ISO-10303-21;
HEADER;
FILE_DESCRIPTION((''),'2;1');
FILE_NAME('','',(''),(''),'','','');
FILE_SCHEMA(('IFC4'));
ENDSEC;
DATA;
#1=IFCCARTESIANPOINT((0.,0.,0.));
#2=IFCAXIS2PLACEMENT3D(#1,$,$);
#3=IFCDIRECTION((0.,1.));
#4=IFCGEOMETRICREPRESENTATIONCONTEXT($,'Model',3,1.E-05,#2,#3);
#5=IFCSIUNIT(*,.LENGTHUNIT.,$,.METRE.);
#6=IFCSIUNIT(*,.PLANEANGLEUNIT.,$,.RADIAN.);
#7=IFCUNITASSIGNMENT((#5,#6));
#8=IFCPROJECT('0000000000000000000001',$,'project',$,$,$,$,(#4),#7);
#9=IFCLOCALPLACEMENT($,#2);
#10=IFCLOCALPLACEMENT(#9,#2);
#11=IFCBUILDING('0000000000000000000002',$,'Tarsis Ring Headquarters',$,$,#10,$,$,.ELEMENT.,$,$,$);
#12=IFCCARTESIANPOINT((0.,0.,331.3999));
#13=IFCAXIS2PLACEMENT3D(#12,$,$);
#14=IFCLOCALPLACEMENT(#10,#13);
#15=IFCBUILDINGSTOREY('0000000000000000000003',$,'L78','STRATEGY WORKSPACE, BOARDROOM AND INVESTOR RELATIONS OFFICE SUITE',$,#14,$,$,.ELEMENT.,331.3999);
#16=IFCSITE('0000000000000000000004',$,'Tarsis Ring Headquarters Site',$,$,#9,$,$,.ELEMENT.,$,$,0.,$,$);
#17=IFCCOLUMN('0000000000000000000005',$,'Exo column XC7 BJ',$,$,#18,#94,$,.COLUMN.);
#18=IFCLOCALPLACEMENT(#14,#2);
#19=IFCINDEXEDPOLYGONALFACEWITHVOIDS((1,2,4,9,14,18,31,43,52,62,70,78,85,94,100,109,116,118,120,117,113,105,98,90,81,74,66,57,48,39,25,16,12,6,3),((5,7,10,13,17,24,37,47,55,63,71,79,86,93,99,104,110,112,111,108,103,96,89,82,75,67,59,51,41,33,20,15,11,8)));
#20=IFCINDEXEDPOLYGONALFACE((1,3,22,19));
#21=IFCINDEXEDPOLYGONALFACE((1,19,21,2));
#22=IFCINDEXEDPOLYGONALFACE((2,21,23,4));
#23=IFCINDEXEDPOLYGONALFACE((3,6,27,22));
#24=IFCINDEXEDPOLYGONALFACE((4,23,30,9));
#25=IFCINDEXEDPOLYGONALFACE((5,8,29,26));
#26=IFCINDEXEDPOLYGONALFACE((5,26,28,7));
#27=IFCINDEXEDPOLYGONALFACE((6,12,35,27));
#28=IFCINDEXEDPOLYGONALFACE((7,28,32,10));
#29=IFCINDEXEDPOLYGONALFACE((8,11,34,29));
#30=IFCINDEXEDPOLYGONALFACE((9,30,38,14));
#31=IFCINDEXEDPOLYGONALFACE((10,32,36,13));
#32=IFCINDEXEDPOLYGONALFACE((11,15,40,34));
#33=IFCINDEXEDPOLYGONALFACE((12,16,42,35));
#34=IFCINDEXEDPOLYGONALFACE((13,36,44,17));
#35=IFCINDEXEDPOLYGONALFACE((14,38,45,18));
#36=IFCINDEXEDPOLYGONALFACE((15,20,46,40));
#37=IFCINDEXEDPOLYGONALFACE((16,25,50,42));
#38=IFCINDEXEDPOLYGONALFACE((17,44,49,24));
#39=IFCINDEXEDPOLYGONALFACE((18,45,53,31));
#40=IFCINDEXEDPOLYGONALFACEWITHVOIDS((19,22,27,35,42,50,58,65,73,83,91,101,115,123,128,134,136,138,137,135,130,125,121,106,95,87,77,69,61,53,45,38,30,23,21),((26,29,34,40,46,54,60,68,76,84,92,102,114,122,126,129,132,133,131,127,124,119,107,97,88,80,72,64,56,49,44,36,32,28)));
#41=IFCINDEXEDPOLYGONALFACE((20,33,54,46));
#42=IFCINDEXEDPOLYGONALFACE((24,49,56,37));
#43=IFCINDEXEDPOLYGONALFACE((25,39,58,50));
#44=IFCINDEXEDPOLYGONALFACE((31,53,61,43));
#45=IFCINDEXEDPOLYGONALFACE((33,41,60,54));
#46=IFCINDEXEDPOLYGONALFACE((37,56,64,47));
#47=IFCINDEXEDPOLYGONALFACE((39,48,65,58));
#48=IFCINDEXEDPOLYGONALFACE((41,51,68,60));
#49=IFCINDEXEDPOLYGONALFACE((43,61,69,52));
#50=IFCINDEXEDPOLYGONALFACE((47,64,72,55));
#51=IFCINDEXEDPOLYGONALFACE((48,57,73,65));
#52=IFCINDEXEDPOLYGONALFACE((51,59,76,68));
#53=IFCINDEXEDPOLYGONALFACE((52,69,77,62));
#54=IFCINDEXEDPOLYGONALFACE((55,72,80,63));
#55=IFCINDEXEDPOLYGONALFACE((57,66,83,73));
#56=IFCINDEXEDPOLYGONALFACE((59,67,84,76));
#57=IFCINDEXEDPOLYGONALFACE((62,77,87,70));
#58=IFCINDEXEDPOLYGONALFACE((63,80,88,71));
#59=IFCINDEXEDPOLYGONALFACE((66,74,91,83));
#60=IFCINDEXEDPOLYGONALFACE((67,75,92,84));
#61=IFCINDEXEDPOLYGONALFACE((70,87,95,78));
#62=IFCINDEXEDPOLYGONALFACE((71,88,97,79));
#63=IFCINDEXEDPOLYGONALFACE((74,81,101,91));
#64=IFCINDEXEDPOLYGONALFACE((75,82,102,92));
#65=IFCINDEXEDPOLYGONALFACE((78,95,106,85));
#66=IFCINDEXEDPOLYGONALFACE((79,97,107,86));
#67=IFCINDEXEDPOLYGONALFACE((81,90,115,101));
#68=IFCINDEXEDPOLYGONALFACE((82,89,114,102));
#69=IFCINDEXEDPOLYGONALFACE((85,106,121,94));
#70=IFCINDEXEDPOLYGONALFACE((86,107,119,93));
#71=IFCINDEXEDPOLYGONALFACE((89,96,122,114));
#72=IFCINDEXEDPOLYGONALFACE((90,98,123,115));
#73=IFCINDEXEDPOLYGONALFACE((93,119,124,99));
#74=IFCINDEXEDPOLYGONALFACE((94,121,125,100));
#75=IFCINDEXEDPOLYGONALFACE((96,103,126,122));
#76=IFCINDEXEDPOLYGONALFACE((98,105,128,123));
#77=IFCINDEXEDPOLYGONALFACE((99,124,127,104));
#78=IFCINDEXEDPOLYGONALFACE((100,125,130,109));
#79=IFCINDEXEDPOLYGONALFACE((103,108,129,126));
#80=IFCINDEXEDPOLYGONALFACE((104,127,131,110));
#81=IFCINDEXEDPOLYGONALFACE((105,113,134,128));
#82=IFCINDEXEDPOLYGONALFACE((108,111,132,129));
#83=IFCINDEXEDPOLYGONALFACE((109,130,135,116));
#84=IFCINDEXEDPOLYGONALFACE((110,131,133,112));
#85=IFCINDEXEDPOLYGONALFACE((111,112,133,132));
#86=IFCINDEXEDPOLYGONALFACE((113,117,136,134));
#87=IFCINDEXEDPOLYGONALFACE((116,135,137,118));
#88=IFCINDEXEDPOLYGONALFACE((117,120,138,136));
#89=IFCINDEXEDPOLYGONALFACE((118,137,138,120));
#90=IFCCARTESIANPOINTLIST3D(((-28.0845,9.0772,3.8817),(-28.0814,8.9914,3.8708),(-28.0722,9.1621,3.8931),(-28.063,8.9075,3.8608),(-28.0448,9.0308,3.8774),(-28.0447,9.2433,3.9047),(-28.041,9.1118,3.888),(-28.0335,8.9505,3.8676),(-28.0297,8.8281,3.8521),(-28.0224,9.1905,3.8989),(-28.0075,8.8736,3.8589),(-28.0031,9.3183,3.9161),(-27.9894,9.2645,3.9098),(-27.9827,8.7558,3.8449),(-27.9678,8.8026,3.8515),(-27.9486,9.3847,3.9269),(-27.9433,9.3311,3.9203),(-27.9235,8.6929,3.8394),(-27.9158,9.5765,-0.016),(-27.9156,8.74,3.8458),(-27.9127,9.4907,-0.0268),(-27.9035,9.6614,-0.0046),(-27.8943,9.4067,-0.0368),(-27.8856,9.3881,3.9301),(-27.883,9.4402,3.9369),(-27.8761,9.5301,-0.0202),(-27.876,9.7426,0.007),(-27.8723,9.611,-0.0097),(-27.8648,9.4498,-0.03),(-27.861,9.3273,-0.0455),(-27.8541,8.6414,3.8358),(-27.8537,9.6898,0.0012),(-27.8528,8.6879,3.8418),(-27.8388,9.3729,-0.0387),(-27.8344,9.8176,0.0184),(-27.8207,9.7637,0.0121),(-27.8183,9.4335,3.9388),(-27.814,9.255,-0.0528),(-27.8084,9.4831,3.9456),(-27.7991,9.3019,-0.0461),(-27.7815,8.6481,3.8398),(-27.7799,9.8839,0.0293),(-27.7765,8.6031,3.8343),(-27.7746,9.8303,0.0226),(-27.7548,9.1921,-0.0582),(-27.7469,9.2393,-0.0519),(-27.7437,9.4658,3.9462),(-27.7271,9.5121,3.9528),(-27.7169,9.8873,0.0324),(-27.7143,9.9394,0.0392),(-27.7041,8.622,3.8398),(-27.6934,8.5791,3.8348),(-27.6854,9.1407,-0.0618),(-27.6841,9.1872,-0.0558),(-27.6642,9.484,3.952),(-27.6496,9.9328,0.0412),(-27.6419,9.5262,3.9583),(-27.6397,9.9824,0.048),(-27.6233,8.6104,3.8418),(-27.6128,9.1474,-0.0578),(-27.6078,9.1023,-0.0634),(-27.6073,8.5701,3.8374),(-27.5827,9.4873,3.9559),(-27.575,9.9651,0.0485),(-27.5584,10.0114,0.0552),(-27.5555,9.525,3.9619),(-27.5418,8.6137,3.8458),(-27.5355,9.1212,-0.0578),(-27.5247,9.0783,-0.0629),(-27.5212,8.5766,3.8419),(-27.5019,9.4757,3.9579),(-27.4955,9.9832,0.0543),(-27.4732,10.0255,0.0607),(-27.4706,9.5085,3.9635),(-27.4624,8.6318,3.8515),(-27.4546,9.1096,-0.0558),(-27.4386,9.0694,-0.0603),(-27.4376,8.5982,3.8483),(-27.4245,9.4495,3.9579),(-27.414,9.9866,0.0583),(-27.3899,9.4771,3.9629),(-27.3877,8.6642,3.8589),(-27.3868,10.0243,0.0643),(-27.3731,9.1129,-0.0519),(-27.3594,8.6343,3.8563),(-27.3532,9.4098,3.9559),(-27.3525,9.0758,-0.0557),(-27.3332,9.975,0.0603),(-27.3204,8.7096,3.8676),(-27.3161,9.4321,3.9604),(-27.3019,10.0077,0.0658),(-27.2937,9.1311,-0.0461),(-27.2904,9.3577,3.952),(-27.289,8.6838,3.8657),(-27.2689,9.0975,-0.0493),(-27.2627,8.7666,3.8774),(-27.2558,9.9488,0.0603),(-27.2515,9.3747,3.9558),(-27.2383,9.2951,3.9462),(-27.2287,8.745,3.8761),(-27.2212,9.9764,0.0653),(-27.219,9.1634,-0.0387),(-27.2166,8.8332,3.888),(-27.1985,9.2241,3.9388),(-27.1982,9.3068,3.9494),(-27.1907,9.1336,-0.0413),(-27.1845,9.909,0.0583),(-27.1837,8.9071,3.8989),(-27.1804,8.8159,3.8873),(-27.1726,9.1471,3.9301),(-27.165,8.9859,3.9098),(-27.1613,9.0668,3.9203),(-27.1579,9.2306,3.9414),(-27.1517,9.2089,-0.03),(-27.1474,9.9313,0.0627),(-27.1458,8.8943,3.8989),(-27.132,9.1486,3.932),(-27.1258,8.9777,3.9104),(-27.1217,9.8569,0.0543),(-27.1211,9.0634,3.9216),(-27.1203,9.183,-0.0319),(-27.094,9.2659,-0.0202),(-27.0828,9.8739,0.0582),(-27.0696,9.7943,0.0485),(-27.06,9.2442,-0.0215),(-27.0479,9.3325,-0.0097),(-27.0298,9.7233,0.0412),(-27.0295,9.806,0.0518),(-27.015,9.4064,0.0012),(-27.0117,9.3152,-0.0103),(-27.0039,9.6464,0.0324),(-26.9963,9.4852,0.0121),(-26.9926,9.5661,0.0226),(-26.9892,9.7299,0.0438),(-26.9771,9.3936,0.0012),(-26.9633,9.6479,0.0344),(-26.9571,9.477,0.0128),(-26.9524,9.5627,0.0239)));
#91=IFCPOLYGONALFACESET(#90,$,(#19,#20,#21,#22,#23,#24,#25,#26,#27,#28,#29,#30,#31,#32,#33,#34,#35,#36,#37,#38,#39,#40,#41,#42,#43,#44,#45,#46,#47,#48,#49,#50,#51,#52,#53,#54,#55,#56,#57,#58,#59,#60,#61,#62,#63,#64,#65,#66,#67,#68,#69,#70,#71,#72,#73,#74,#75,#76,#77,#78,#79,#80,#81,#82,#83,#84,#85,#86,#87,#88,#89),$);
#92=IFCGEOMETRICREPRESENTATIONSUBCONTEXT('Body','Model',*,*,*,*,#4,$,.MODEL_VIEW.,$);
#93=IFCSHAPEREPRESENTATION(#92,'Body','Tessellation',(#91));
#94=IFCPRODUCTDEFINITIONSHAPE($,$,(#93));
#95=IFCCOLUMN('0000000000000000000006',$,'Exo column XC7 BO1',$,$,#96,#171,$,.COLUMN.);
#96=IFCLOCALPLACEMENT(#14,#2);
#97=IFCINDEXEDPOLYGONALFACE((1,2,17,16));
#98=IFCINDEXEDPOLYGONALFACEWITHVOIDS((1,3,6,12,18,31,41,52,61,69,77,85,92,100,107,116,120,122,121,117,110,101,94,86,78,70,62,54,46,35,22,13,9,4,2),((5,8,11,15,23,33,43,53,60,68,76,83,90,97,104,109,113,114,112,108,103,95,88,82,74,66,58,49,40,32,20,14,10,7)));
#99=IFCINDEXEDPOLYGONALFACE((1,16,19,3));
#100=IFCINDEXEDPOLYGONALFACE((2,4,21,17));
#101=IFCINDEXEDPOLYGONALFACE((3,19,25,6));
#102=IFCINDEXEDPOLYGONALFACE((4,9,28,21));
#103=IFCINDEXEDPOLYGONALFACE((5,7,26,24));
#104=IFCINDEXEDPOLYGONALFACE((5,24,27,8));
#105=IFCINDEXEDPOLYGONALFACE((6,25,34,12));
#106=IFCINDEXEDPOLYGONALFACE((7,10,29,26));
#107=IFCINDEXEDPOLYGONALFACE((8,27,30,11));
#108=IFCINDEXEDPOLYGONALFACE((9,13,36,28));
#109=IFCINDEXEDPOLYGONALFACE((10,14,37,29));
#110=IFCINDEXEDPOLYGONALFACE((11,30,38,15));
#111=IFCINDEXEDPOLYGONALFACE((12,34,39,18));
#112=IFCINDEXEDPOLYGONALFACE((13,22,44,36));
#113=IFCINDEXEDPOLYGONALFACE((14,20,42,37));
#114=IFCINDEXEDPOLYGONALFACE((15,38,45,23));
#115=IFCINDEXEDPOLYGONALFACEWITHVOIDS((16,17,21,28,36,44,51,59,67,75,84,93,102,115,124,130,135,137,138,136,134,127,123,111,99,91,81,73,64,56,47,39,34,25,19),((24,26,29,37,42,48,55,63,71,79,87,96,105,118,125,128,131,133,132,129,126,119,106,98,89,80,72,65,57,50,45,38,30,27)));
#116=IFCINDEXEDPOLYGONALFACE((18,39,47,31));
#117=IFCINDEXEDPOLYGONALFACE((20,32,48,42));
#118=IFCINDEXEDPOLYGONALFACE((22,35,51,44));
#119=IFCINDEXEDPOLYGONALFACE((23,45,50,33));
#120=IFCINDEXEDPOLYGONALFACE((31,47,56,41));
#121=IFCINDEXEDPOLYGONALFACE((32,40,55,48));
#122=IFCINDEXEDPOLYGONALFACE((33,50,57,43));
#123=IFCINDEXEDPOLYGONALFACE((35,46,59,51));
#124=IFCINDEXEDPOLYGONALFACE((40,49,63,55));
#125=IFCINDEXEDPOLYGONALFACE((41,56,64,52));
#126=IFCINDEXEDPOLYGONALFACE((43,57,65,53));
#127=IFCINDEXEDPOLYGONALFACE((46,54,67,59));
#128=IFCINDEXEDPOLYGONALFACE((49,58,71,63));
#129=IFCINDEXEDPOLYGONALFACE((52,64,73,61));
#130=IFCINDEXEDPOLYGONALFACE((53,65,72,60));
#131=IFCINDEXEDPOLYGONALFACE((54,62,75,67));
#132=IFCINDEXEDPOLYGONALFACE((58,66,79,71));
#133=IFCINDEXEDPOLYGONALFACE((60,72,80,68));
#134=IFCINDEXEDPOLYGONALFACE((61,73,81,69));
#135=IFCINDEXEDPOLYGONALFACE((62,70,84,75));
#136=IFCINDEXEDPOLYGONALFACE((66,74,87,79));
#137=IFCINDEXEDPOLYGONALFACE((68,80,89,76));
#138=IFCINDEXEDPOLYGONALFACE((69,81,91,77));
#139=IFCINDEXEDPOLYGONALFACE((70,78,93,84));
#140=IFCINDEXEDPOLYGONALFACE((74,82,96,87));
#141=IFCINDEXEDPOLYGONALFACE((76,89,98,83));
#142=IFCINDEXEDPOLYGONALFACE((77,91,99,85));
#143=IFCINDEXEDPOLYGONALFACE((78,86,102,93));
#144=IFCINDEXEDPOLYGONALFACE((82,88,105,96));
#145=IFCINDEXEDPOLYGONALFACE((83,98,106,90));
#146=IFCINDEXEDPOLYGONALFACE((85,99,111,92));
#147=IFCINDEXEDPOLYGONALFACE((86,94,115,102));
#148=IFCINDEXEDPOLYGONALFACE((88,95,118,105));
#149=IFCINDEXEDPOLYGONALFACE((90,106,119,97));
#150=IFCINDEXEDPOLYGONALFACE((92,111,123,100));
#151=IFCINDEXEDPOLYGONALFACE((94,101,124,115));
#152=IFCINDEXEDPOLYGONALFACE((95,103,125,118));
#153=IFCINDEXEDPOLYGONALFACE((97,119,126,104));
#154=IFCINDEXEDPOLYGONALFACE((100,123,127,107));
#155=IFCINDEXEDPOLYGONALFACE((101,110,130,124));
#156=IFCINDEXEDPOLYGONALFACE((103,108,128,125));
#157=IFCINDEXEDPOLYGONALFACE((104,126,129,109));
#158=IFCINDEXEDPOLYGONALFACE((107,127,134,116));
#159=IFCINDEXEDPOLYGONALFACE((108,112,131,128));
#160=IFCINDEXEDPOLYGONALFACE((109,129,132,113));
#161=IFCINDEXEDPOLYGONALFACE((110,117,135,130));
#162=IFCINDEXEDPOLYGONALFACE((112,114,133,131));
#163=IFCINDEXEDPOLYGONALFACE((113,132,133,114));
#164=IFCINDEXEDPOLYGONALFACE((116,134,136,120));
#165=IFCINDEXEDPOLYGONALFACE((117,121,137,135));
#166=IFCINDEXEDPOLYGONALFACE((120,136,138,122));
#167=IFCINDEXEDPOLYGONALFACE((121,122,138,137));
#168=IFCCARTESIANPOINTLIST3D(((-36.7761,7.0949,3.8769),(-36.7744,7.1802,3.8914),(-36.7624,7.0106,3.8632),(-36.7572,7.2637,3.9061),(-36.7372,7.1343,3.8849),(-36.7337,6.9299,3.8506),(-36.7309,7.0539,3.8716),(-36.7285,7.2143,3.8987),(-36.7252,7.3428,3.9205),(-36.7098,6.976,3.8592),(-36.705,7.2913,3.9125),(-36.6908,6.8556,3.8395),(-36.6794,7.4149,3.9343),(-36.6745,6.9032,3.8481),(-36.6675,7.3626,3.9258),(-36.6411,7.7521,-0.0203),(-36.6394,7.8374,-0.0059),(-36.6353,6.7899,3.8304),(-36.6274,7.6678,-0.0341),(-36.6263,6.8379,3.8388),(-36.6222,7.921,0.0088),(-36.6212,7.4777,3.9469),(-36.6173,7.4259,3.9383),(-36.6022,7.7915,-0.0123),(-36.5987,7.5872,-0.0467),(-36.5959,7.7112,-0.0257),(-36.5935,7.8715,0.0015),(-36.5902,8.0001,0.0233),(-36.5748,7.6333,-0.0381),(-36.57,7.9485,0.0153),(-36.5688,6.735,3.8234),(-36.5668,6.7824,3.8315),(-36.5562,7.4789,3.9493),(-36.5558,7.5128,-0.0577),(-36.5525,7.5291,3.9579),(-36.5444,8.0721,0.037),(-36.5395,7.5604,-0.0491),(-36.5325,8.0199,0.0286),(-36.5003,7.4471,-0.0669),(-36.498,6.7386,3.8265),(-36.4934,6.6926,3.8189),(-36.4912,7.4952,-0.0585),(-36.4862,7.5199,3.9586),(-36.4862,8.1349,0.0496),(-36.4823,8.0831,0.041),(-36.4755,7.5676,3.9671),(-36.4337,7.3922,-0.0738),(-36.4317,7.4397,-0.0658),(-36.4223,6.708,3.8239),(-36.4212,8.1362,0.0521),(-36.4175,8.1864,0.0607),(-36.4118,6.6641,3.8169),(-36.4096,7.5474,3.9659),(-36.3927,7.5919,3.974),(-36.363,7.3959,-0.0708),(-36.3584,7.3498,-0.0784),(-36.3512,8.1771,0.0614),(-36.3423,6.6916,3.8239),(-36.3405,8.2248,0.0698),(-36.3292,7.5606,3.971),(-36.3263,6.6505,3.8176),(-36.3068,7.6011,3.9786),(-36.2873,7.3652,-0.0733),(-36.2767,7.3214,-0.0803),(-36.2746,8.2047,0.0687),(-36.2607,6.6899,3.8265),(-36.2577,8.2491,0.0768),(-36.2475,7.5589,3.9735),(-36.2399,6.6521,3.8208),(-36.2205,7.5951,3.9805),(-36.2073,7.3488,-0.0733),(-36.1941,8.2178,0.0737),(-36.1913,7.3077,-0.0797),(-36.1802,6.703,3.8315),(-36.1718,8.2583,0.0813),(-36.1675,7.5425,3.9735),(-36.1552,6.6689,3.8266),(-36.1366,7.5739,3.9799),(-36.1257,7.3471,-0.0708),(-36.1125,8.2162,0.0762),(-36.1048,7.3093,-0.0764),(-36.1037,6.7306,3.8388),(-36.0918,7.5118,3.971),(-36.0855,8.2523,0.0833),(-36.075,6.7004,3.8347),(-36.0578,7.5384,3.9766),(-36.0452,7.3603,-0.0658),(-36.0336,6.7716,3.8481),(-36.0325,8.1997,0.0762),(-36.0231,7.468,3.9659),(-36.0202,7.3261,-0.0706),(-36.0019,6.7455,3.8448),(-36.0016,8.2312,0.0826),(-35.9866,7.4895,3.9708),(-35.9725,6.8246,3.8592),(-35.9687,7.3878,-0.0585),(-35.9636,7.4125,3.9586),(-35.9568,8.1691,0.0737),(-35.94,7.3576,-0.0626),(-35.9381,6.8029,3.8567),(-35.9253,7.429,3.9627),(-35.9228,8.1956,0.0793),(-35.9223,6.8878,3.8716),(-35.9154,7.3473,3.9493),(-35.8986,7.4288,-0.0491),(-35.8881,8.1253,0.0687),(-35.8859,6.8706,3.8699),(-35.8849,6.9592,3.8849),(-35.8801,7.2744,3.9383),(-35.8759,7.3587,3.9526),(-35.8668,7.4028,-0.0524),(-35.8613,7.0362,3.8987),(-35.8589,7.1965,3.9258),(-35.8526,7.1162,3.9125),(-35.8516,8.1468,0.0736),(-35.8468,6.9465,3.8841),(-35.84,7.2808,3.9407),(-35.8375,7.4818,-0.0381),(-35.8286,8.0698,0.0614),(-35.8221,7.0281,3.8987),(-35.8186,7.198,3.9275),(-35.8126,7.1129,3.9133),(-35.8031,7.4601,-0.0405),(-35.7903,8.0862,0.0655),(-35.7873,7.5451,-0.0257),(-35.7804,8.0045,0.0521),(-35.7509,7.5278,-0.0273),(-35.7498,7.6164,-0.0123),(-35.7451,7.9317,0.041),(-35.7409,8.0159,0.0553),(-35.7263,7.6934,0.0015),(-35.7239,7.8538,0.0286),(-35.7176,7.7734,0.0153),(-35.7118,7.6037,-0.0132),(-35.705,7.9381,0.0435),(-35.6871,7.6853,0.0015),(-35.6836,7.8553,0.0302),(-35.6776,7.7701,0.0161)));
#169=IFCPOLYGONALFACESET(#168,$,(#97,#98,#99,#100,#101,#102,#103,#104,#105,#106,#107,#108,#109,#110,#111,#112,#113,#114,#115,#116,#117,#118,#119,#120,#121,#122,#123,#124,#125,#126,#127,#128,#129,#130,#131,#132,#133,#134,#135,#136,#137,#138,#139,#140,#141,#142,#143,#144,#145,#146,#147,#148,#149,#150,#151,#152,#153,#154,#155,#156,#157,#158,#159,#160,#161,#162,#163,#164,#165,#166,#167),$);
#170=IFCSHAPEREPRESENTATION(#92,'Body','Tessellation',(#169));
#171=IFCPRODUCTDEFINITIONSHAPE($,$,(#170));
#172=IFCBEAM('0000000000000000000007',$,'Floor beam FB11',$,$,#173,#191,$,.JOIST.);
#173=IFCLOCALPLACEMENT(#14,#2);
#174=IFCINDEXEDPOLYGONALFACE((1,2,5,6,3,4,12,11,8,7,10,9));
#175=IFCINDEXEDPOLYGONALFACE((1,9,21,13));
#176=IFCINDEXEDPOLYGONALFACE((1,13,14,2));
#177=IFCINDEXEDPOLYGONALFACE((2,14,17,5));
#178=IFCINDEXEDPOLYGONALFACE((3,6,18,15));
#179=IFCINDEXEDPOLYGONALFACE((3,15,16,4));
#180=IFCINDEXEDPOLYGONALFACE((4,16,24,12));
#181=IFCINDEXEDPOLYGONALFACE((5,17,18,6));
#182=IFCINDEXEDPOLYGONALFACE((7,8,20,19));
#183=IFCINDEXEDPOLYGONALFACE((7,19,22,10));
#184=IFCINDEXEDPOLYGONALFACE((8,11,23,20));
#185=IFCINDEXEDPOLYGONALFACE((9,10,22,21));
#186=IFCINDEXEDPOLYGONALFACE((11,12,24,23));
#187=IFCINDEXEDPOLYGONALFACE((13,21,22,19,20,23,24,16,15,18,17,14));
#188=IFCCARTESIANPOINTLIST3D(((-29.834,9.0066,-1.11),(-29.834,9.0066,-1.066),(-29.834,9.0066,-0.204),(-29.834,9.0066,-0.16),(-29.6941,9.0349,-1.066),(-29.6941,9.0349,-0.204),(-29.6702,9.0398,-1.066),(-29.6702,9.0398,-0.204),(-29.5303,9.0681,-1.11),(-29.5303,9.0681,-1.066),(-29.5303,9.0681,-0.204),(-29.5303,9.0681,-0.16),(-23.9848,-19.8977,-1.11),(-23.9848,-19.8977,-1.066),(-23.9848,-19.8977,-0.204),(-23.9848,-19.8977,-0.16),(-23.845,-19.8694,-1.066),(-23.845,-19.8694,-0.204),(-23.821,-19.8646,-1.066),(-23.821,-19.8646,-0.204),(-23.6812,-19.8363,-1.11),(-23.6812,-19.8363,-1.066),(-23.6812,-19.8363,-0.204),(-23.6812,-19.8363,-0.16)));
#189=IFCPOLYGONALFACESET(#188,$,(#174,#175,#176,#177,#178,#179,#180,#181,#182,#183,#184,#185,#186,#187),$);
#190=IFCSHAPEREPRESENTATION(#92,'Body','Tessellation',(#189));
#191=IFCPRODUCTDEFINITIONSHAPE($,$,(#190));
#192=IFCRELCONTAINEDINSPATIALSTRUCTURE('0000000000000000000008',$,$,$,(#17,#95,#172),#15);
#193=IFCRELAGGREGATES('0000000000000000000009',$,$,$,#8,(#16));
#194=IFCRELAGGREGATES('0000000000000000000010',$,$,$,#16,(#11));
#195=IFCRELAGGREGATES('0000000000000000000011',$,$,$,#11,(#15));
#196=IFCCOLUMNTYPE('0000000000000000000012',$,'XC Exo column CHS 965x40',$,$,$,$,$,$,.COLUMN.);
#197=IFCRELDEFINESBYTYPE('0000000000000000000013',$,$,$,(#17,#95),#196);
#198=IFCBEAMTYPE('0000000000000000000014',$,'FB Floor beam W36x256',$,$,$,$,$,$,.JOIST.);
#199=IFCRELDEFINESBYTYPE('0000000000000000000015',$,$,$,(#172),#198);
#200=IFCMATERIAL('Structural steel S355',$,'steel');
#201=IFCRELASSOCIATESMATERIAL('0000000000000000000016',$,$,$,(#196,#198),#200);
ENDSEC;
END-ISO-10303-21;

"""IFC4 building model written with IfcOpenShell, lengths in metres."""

from ifc_helpers import new_model, si_unit, direction, frame, origin, origin_2d, place, context, subcontext, project, spatial, hollow_circle, i_section, extrude, material, material_profile, profile_set, type_object, element, save


model = new_model("IFC4")

# Units and contexts
model_context = context("Model", 3, precision=1e-05, world=origin(), true_north=direction((0.0, 1.0)))
body_context = subcontext(model_context, "Body", "Model", "MODEL_VIEW")
ifc_project = project(units=[si_unit("LENGTHUNIT", "METRE"), si_unit("PLANEANGLEUNIT", "RADIAN")], contexts=[model_context])

# Site, building, storey
site_placement = place(None, origin())
site = spatial("IfcSite", under=ifc_project, at=site_placement, Name="Tarsis Ring Headquarters Site", CompositionType="ELEMENT", RefElevation=0.0)
building_placement = place(site_placement, origin())
building = spatial("IfcBuilding", under=site, at=building_placement, Name="Tarsis Ring Headquarters", CompositionType="ELEMENT")
storey_placement = place(building_placement, frame((0.0, 0.0, 331.3999)))
storey = spatial("IfcBuildingStorey", under=building, at=storey_placement, Name="L78", Description="STRATEGY WORKSPACE, BOARDROOM AND INVESTOR RELATIONS OFFICE SUITE", CompositionType="ELEMENT", Elevation=331.3999)

# Columns
ifc_material_1 = material(Name="Structural steel S355", Category="steel")
ifc_material_profile_1 = material_profile(ifc_material_1, hollow_circle(Radius=0.4827, WallThickness=0.04, at=origin_2d()), Name="CHS 965x40")
ifc_profile_set_1 = profile_set([ifc_material_profile_1], Name="Structural steel S355")
column_type = type_object("IfcColumnType", Name="XC Exo column CHS 965x40", PredefinedType="COLUMN", material=ifc_profile_set_1)
column_1_placement = place(storey_placement, frame((-27.4343, 9.5481, 0.0012), z_axis=(-0.042892, -0.126938, 0.990983), x_axis=(0.947378, -0.320117, 0.0)))
element("IfcColumn", 1, at=column_1_placement, inside=storey, type_object=column_type, Name="Exo column XC7 BJ", PredefinedType="COLUMN", context=body_context, shape_type="SweptSolid", body=[
    extrude(hollow_circle(Radius=0.4827, WallThickness=0.04, at=origin_2d()), origin(), (0.0, 0.0, 1.0), 3.9331),
])
column_2_placement = place(storey_placement, frame((-36.1599, 7.7825, 0.0015), z_axis=(-0.03414, -0.166195, 0.985502), x_axis=(0.979546, -0.201222, 0.0)))
element("IfcColumn", 2, at=column_2_placement, inside=storey, type_object=column_type, Name="Exo column XC7 BO1", PredefinedType="COLUMN", context=body_context, shape_type="SweptSolid", body=[
    extrude(hollow_circle(Radius=0.4827, WallThickness=0.04, at=origin_2d()), origin(), (0.0, 0.0, 1.0), 3.9546),
])

# Beam
ifc_material_profile_2 = material_profile(ifc_material_1, i_section(OverallWidth=0.3098, OverallDepth=0.95, WebThickness=0.0244, FlangeThickness=0.0439, at=origin_2d()), Name="W36x256")
ifc_profile_set_2 = profile_set([ifc_material_profile_2], Name="Structural steel S355")
beam_type_1 = type_object("IfcBeamType", Name="FB Floor beam W36x256", PredefinedType="JOIST", material=ifc_profile_set_2)
for number, where, z_axis, x_axis, name in (
    (3, (-29.6821, 9.0374, -0.635), (0.198341, -0.980133, 0.0), (0.980133, 0.198341, 0.0), "Floor beam FB11"),
):
    element("IfcBeam", number, at=place(storey_placement, frame(where, z_axis=z_axis, x_axis=x_axis)), inside=storey, type_object=beam_type_1, Name=name, PredefinedType="JOIST", context=body_context, shape_type="SweptSolid", body=[
        extrude(i_section(OverallWidth=0.3098, OverallDepth=0.95, WebThickness=0.0244, FlangeThickness=0.0439, at=origin_2d()), origin(), (0.0, 0.0, 1.0), 29.4902),
    ])

save(model, "model.ifc")
